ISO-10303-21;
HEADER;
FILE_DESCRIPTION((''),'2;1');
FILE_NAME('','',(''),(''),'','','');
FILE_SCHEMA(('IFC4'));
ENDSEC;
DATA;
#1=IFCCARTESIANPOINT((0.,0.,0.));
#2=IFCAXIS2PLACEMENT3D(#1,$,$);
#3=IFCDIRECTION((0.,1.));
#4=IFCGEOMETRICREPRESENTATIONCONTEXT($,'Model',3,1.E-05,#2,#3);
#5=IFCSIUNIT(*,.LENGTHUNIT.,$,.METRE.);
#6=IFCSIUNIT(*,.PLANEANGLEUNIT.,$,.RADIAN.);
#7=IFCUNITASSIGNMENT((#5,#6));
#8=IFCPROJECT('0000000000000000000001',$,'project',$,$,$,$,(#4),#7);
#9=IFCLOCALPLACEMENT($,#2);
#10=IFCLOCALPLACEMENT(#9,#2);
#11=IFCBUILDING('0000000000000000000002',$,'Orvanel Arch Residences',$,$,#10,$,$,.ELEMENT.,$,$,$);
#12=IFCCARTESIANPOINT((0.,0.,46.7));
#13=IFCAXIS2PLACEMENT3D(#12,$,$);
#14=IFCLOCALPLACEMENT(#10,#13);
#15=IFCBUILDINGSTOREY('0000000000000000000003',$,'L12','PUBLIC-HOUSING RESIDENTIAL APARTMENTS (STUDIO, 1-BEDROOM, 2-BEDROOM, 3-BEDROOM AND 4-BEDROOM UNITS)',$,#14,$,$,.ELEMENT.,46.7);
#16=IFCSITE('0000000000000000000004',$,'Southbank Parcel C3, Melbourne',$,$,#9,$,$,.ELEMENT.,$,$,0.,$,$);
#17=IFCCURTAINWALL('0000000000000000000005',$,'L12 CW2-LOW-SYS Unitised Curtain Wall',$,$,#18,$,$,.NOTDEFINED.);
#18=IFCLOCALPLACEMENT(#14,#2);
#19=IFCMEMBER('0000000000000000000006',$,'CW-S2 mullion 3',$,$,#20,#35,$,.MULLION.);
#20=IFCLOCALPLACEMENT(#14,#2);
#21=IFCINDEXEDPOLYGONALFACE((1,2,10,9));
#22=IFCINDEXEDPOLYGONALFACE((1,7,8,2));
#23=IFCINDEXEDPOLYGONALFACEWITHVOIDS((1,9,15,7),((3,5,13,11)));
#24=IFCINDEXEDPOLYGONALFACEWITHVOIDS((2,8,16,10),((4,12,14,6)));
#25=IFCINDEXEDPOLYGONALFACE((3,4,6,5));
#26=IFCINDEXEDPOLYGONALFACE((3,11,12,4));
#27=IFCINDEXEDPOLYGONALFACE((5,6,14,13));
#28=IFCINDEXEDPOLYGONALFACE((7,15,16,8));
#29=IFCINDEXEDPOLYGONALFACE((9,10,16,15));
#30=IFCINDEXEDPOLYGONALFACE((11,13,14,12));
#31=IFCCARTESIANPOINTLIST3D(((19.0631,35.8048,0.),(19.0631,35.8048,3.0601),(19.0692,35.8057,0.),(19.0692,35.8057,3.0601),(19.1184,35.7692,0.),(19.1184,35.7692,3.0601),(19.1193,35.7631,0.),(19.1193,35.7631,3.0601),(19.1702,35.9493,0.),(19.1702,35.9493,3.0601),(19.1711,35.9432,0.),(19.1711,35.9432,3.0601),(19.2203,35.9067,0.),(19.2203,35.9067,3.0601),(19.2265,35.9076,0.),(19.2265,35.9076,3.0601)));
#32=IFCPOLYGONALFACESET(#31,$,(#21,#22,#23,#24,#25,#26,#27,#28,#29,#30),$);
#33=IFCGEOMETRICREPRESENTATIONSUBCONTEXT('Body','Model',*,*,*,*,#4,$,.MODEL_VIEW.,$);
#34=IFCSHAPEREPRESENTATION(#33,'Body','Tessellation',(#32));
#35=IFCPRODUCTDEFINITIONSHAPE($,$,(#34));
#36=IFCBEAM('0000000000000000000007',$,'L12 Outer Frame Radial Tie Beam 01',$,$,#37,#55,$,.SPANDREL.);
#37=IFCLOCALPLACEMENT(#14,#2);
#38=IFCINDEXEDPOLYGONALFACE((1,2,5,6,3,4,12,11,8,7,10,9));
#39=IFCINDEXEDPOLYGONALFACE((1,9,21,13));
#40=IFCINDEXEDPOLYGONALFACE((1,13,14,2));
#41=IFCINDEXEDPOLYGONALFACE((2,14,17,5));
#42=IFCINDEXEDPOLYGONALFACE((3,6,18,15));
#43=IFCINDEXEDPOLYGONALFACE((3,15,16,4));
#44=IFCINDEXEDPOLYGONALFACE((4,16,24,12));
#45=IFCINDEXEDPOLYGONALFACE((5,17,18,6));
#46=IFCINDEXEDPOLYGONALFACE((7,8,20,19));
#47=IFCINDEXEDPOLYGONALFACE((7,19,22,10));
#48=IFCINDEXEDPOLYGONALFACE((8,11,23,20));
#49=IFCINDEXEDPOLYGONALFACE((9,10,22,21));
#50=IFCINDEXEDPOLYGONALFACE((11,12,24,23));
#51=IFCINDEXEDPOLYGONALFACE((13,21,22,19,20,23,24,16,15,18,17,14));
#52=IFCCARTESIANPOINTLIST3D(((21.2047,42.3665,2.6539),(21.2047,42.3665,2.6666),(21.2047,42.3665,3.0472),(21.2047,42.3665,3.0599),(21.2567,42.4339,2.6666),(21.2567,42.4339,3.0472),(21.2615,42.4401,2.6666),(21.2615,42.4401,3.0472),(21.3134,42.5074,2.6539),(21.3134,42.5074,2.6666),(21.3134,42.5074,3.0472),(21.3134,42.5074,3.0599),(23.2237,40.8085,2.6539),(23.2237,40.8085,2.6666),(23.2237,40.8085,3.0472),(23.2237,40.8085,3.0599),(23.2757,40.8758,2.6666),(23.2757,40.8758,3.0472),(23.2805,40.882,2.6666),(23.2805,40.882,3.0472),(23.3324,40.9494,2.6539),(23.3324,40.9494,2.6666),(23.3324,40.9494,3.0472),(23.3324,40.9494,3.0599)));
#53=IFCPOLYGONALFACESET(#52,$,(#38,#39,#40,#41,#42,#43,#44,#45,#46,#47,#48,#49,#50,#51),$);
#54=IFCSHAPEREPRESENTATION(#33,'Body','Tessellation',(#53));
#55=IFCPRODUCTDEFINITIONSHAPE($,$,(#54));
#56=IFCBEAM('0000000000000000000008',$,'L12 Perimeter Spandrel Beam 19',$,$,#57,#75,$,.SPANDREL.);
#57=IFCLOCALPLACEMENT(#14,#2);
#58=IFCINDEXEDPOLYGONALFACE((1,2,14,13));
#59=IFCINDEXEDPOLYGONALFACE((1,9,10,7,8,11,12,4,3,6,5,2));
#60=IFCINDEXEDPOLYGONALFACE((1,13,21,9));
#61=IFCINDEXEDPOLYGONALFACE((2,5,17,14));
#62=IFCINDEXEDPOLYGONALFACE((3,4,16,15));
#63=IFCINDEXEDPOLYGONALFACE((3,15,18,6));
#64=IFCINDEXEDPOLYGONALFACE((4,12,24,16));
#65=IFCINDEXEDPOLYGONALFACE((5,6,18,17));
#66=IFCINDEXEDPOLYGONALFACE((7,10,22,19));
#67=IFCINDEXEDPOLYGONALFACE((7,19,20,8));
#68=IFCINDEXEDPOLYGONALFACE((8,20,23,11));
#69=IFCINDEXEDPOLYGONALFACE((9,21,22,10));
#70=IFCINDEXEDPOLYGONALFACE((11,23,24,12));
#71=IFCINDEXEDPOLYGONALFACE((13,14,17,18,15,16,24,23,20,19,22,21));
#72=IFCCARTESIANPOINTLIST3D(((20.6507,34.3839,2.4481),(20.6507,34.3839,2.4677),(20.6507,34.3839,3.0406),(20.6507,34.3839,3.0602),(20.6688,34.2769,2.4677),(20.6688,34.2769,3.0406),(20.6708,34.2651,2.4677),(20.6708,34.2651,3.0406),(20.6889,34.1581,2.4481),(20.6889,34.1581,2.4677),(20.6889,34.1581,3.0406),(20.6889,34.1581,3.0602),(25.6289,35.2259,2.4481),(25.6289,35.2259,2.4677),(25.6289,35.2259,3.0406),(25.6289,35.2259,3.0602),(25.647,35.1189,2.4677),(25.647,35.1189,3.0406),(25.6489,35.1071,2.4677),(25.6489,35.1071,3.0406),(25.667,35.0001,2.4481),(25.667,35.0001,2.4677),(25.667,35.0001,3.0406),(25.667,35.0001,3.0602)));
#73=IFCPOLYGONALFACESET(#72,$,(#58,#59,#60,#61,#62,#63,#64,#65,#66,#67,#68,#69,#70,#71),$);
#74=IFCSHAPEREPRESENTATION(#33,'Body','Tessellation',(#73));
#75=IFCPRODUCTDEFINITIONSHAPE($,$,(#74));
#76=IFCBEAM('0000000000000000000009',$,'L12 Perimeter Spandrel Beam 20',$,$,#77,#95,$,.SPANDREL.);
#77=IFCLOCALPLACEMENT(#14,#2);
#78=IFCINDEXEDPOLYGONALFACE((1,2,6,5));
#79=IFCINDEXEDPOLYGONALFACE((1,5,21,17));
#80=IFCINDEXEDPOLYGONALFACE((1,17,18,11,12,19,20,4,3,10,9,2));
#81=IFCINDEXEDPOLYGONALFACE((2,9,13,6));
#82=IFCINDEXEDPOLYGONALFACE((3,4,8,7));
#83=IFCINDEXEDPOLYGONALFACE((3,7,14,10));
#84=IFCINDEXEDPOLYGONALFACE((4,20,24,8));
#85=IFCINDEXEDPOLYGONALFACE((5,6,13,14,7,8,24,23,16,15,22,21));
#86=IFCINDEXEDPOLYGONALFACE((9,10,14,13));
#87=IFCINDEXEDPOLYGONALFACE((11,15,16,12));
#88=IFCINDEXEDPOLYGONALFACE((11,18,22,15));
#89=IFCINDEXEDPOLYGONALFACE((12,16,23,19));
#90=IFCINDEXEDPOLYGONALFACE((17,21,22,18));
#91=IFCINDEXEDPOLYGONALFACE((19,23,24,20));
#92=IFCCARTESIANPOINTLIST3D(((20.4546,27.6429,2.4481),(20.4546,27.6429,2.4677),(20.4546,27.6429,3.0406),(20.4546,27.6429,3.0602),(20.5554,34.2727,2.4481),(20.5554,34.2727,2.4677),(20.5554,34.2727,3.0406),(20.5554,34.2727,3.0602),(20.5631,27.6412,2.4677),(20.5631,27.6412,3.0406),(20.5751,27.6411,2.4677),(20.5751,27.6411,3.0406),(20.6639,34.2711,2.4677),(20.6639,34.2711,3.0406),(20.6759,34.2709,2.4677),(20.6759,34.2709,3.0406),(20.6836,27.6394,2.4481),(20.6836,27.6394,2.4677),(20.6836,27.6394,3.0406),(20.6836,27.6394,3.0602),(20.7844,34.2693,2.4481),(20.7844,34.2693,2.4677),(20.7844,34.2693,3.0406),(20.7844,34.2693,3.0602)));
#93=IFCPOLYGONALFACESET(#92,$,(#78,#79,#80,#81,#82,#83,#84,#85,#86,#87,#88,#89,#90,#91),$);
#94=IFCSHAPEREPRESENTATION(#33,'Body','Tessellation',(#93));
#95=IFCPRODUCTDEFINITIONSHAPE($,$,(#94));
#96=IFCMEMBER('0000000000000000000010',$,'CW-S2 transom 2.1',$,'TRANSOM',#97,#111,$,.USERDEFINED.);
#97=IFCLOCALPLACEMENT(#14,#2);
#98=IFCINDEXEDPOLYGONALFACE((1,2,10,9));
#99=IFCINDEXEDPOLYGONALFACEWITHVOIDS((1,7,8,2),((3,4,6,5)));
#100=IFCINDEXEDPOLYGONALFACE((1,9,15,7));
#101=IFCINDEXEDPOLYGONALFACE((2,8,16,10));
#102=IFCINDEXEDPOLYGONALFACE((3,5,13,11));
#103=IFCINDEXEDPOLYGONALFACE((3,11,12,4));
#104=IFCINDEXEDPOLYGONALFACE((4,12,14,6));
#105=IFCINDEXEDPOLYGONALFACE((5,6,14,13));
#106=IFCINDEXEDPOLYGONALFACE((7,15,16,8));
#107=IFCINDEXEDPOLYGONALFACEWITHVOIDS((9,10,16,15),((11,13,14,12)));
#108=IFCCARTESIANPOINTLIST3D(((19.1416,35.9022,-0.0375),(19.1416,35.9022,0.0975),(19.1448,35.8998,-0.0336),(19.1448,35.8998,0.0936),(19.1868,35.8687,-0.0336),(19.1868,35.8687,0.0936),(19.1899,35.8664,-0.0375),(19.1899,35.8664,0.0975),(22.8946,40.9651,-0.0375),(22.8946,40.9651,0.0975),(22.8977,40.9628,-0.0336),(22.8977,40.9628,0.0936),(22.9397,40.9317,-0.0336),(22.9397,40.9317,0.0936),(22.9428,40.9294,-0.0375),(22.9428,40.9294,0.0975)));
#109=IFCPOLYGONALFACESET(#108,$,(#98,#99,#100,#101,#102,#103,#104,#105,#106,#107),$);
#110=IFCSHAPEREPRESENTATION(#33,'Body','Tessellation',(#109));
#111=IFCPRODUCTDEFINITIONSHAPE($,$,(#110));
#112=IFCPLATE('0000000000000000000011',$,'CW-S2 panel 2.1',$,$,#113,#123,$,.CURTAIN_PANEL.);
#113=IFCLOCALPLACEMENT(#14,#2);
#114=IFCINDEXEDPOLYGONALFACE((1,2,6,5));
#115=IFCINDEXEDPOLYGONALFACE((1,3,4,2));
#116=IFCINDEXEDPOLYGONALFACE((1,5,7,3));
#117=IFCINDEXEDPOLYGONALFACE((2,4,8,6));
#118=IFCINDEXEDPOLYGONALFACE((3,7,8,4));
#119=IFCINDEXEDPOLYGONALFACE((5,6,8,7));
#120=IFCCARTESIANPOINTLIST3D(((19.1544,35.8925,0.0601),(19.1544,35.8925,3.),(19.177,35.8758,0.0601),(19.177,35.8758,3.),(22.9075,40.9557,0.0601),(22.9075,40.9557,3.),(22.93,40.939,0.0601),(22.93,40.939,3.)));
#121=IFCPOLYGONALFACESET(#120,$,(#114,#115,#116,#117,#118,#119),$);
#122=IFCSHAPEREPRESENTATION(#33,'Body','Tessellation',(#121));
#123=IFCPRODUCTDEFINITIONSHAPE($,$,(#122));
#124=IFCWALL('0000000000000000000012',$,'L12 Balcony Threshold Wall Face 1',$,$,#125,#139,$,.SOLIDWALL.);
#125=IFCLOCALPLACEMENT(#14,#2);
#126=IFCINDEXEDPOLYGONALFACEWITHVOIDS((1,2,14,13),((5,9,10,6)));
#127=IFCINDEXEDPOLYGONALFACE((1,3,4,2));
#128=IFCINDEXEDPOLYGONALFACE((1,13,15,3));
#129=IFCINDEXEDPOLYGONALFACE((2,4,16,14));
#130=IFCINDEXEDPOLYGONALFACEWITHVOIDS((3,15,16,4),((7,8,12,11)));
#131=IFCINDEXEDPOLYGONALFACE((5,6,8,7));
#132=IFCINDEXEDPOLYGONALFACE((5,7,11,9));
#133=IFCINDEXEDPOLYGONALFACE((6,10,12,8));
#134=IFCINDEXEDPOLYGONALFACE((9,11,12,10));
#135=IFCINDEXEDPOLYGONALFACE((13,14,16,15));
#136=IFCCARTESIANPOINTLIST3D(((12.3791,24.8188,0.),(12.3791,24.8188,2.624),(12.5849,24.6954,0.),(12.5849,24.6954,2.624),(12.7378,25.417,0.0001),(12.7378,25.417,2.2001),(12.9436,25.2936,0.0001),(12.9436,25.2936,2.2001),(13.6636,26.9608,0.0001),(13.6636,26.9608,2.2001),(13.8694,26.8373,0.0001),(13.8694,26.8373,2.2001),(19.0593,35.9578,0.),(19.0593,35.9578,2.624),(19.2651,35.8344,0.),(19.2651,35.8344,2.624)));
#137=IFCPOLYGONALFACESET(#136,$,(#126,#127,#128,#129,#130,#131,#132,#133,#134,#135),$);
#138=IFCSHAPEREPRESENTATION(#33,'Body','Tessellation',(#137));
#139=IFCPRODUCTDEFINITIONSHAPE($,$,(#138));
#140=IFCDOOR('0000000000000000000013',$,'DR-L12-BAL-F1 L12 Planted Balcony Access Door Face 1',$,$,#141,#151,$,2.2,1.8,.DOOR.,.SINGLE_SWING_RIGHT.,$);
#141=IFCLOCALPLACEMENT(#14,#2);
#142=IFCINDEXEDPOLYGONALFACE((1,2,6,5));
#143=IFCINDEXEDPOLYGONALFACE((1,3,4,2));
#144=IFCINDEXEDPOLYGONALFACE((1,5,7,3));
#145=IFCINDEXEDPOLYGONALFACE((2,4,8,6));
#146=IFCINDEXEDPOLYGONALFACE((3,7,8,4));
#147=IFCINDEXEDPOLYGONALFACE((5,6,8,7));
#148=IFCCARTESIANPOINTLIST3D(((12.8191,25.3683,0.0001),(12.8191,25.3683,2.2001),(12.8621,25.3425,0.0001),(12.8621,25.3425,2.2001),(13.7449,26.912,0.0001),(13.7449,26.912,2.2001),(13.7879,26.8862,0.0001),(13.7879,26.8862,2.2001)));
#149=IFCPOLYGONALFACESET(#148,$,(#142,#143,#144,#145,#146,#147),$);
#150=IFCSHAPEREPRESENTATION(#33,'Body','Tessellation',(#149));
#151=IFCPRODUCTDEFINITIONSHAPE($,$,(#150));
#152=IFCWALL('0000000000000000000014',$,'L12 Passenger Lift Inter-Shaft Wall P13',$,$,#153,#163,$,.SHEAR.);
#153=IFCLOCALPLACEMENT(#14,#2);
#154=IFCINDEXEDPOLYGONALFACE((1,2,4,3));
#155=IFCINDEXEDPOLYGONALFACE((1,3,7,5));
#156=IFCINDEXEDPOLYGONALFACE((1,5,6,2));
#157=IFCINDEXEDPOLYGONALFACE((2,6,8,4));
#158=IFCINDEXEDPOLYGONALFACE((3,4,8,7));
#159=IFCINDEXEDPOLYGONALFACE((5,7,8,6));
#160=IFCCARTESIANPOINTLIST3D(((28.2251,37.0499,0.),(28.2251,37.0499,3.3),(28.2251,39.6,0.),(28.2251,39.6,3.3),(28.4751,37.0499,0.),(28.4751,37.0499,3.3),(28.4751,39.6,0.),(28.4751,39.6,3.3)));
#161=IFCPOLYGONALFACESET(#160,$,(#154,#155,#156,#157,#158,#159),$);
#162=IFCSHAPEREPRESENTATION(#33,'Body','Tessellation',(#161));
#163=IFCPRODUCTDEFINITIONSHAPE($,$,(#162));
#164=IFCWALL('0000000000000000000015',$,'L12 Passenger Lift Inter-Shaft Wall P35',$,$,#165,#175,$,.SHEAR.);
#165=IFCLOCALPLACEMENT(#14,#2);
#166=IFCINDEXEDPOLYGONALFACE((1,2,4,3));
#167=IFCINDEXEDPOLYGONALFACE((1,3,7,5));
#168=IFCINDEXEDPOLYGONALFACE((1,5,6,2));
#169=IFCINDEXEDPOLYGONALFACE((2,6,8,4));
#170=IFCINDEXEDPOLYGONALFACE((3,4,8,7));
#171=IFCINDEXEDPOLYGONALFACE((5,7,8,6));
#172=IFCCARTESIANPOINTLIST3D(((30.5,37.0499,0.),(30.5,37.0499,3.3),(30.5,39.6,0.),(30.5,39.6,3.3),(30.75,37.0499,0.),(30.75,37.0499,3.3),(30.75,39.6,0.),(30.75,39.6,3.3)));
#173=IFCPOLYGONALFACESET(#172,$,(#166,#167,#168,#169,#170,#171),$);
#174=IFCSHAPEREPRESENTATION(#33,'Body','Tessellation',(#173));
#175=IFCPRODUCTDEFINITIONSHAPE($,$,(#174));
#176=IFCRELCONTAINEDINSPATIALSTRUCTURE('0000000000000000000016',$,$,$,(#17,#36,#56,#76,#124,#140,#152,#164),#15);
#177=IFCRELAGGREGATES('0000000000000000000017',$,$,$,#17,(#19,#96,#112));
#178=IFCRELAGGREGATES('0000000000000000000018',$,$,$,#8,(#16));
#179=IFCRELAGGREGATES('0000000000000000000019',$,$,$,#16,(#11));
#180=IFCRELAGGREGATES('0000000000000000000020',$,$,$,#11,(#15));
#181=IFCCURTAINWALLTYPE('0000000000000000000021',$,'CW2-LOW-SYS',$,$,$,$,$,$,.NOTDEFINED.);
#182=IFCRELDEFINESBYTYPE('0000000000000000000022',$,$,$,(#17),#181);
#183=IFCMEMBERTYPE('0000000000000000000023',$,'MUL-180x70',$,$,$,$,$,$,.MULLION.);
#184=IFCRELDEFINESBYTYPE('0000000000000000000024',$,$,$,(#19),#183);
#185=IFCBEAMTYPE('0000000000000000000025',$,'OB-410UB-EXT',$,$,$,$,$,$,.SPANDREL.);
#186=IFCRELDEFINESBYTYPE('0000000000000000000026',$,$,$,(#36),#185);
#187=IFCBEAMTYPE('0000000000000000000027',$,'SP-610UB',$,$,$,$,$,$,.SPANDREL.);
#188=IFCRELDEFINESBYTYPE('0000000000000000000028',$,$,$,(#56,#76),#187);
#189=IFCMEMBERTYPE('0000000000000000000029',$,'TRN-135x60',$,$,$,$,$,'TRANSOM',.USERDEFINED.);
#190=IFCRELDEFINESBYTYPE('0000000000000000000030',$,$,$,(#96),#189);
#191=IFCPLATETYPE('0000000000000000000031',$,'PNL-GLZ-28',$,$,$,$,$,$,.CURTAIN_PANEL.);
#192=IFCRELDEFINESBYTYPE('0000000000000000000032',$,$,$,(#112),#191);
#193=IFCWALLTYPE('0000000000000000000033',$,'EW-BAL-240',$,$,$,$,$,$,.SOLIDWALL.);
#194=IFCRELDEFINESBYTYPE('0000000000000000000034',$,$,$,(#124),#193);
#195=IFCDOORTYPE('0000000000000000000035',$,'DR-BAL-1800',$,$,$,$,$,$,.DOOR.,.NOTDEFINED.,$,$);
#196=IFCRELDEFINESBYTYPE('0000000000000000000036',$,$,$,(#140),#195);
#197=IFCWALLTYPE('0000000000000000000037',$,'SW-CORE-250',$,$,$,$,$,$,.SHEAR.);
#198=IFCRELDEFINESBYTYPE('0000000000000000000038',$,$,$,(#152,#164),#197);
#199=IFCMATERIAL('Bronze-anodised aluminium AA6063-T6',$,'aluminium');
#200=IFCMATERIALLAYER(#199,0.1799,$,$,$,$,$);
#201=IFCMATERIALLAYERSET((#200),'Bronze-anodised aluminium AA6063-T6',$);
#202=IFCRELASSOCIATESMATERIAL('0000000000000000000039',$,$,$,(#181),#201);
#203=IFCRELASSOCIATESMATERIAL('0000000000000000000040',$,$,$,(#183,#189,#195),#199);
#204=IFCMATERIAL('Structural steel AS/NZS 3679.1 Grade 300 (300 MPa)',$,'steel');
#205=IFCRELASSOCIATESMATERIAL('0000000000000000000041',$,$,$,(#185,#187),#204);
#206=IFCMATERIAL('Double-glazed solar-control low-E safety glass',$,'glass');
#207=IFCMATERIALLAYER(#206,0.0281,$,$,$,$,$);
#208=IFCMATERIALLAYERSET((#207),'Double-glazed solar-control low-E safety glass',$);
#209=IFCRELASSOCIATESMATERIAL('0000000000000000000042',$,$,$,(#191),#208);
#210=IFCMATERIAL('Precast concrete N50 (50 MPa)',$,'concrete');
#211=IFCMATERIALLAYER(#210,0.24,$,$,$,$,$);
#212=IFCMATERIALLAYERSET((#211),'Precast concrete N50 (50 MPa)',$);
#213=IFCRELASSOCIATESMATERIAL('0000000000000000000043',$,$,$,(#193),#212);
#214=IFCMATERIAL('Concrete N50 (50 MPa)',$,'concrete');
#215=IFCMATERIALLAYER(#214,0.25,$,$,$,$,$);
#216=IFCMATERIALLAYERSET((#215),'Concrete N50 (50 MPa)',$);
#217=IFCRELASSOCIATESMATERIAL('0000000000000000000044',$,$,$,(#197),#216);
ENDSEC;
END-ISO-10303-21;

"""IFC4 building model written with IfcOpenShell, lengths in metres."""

from ifc_helpers import new_model, si_unit, direction, frame, frame_2d, origin, origin_2d, place, context, subcontext, project, spatial, rectangle, hollow_rectangle, i_section, extrude, material, layer, layer_set, material_profile, profile_set, type_object, element, fill, aggregate, save


model = new_model("IFC4")

# Units and contexts
model_context = context("Model", 3, precision=1e-05, world=origin(), true_north=direction((0.0, 1.0)))
body_context = subcontext(model_context, "Body", "Model", "MODEL_VIEW")
ifc_project = project(units=[si_unit("LENGTHUNIT", "METRE"), si_unit("PLANEANGLEUNIT", "RADIAN")], contexts=[model_context])

# Site, building, storey
site_placement = place(None, origin())
site = spatial("IfcSite", under=ifc_project, at=site_placement, Name="Southbank Parcel C3, Melbourne", CompositionType="ELEMENT", RefElevation=0.0)
building_placement = place(site_placement, origin())
building = spatial("IfcBuilding", under=site, at=building_placement, Name="Orvanel Arch Residences", CompositionType="ELEMENT")
storey_placement = place(building_placement, frame((0.0, 0.0, 46.7)))
storey = spatial("IfcBuildingStorey", under=building, at=storey_placement, Name="L12", Description="PUBLIC-HOUSING RESIDENTIAL APARTMENTS (STUDIO, 1-BEDROOM, 2-BEDROOM, 3-BEDROOM AND 4-BEDROOM UNITS)", CompositionType="ELEMENT", Elevation=46.7)

# Shared definitions
ifc_material_1 = material(Name="Structural steel AS/NZS 3679.1 Grade 300 (300 MPa)", Category="steel")

# Curtain wall, member
ifc_material_2 = material(Name="Bronze-anodised aluminium AA6063-T6", Category="aluminium")
ifc_layer_1 = layer(ifc_material_2, 0.1799)
ifc_layer_set_1 = layer_set([ifc_layer_1], Name="Bronze-anodised aluminium AA6063-T6")
curtain_wall_type = type_object("IfcCurtainWallType", Name="CW2-LOW-SYS", PredefinedType="NOTDEFINED", material=ifc_layer_set_1)
curtain_wall_placement = place(storey_placement, origin())
curtain_wall = element("IfcCurtainWall", 1, at=curtain_wall_placement, inside=storey, type_object=curtain_wall_type, Name="L12 CW2-LOW-SYS Unitised Curtain Wall", PredefinedType="NOTDEFINED")
ifc_material_profile_1 = material_profile(ifc_material_2, hollow_rectangle(XDim=0.0701, YDim=0.1799, WallThickness=0.0044, at=origin_2d()), Name="ALU180x70x4.5")
ifc_profile_set_1 = profile_set([ifc_material_profile_1], Name="Bronze-anodised aluminium AA6063-T6")
member_type_1 = type_object("IfcMemberType", Name="MUL-180x70", PredefinedType="MULLION", material=ifc_profile_set_1)
member_1_placement = place(storey_placement, frame((19.1448, 35.8562, 0.0), z_axis=(0.0, 0.0, 1.0), x_axis=(0.803368, -0.595483, 0.0)))
member_1 = element("IfcMember", 2, at=member_1_placement, type_object=member_type_1, Name="CW-S2 mullion 3", PredefinedType="MULLION", context=body_context, shape_type="SweptSolid", body=[
    extrude(hollow_rectangle(XDim=0.0701, YDim=0.1799, WallThickness=0.0044, at=origin_2d()), origin(), (0.0, 0.0, 1.0), 3.0601),
])

# Beams
ifc_material_profile_2 = material_profile(ifc_material_1, i_section(OverallWidth=0.178, OverallDepth=0.406, WebThickness=0.0078, FlangeThickness=0.0127, at=origin_2d()), Name="410UB59.7")
ifc_profile_set_2 = profile_set([ifc_material_profile_2], Name="Structural steel AS/NZS 3679.1 Grade 300 (300 MPa)")
beam_type_1 = type_object("IfcBeamType", Name="OB-410UB-EXT", PredefinedType="SPANDREL", material=ifc_profile_set_2)
beam_1_placement = place(storey_placement, frame((23.2781, 40.8789, 2.8569), z_axis=(-0.791676, 0.610941, 0.0), x_axis=(-0.610941, -0.791676, 0.0)))
element("IfcBeam", 3, at=beam_1_placement, inside=storey, type_object=beam_type_1, Name="L12 Outer Frame Radial Tie Beam 01", PredefinedType="SPANDREL", context=body_context, shape_type="SweptSolid", body=[
    extrude(i_section(OverallWidth=0.178, OverallDepth=0.406, WebThickness=0.0078, FlangeThickness=0.0127, at=origin_2d()), origin(), (0.0, 0.0, 1.0), 2.5503),
])
ifc_material_profile_3 = material_profile(ifc_material_1, i_section(OverallWidth=0.229, OverallDepth=0.6121, WebThickness=0.012, FlangeThickness=0.0195, at=origin_2d()), Name="610UB125")
ifc_profile_set_3 = profile_set([ifc_material_profile_3], Name="Structural steel AS/NZS 3679.1 Grade 300 (300 MPa)")
beam_type_2 = type_object("IfcBeamType", Name="SP-610UB", PredefinedType="SPANDREL", material=ifc_profile_set_3)
beam_2_placement = place(storey_placement, frame((25.6479, 35.113, 2.7542), z_axis=(-0.985994, -0.166782, 0.0), x_axis=(0.166782, -0.985994, 0.0)))
element("IfcBeam", 4, at=beam_2_placement, inside=storey, type_object=beam_type_2, Name="L12 Perimeter Spandrel Beam 19", PredefinedType="SPANDREL", context=body_context, shape_type="SweptSolid", body=[
    extrude(i_section(OverallWidth=0.229, OverallDepth=0.6121, WebThickness=0.012, FlangeThickness=0.0195, at=origin_2d()), origin(), (0.0, 0.0, 1.0), 5.0488),
])
beam_3_placement = place(storey_placement, frame((20.6699, 34.271, 2.7542), z_axis=(-0.015207, -0.999884, 0.0), x_axis=(0.999884, -0.015207, 0.0)))
element("IfcBeam", 5, at=beam_3_placement, inside=storey, type_object=beam_type_2, Name="L12 Perimeter Spandrel Beam 20", PredefinedType="SPANDREL", context=body_context, shape_type="SweptSolid", body=[
    extrude(i_section(OverallWidth=0.229, OverallDepth=0.6121, WebThickness=0.012, FlangeThickness=0.0195, at=origin_2d()), origin(), (0.0, 0.0, 1.0), 6.6306),
])

# Member
ifc_material_profile_4 = material_profile(ifc_material_2, hollow_rectangle(XDim=0.0601, YDim=0.135, WallThickness=0.0039, at=origin_2d()), Name="ALU135x60x4")
ifc_profile_set_4 = profile_set([ifc_material_profile_4], Name="Bronze-anodised aluminium AA6063-T6")
member_type_2 = type_object("IfcMemberType", Name="TRN-135x60", ElementType="TRANSOM", PredefinedType="USERDEFINED", material=ifc_profile_set_4)
member_2_placement = place(storey_placement, frame((22.9187, 40.9473, 0.03), z_axis=(-0.595491, -0.803362, 0.0), x_axis=(0.803362, -0.595491, 0.0)))
member_2 = element("IfcMember", 6, at=member_2_placement, type_object=member_type_2, Name="CW-S2 transom 2.1", ObjectType="TRANSOM", PredefinedType="USERDEFINED", context=body_context, shape_type="SweptSolid", body=[
    extrude(hollow_rectangle(XDim=0.0601, YDim=0.135, WallThickness=0.0039, at=origin_2d()), origin(), (0.0, 0.0, 1.0), 6.3022),
])

# Plate
ifc_material_3 = material(Name="Double-glazed solar-control low-E safety glass", Category="glass")
ifc_layer_2 = layer(ifc_material_3, 0.0281)
ifc_layer_set_2 = layer_set([ifc_layer_2], Name="Double-glazed solar-control low-E safety glass")
plate_type = type_object("IfcPlateType", Name="PNL-GLZ-28", PredefinedType="CURTAIN_PANEL", material=ifc_layer_set_2)
plate_placement = place(storey_placement, frame((21.0422, 38.4158, 0.0601), z_axis=(0.0, 0.0, 1.0), x_axis=(-0.595483, -0.803368, 0.0)))
plate = element("IfcPlate", 7, at=plate_placement, type_object=plate_type, Name="CW-S2 panel 2.1", PredefinedType="CURTAIN_PANEL", context=body_context, shape_type="SweptSolid", body=[
    extrude(rectangle(XDim=6.3025, YDim=0.0281, at=origin_2d()), origin(), (0.0, 0.0, 1.0), 2.9399),
])
aggregate(curtain_wall, [member_1, member_2, plate])

# Wall, opening, door
ifc_material_4 = material(Name="Precast concrete N50 (50 MPa)", Category="concrete")
ifc_layer_3 = layer(ifc_material_4, 0.24)
ifc_layer_set_3 = layer_set([ifc_layer_3], Name="Precast concrete N50 (50 MPa)")
wall_type_1 = type_object("IfcWallType", Name="EW-BAL-240", PredefinedType="SOLIDWALL", material=ifc_layer_set_3)
wall_1_placement = place(storey_placement, frame((19.1621, 35.896, 0.0), z_axis=(0.0, 0.0, 1.0), x_axis=(-0.514316, -0.857601, 0.0)))
wall_1 = element("IfcWall", 8, at=wall_1_placement, inside=storey, type_object=wall_type_1, Name="L12 Balcony Threshold Wall Face 1", PredefinedType="SOLIDWALL", context=body_context, shape_type="SweptSolid", body=[
    extrude(rectangle(XDim=12.9885, YDim=0.24, at=frame_2d((6.4941, 0.0))), origin(), (0.0, 0.0, 1.0), 2.624),
])
opening_1_placement = place(wall_1_placement, frame((10.491, 0.0, 0.0)))
opening_1 = element("IfcOpeningElement", 9, at=opening_1_placement, cuts=wall_1, PredefinedType="OPENING", context=body_context, shape_type="SweptSolid", body=[
    extrude(rectangle(XDim=1.8, YDim=2.2, at=frame_2d((0.8999, 1.1001))), frame((0.0, 0.1299, 0.0), z_axis=(0.0, -1.0, 0.0), x_axis=(1.0, 0.0, 0.0)), (0.0, 0.0, 1.0), 0.26),
])
door_type_1 = type_object("IfcDoorType", Name="DR-BAL-1800", OperationType="NOTDEFINED", PredefinedType="DOOR", material=ifc_material_2)
door_1_placement = place(opening_1_placement, origin())
door_1 = element("IfcDoor", 10, at=door_1_placement, inside=storey, type_object=door_type_1, Name="DR-L12-BAL-F1 L12 Planted Balcony Access Door Face 1", OperationType="SINGLE_SWING_RIGHT", OverallHeight=2.2, OverallWidth=1.8, PredefinedType="DOOR", context=body_context, shape_type="SweptSolid", body=[
    extrude(rectangle(XDim=1.8, YDim=2.2, at=frame_2d((0.8999, 1.1001))), frame((0.0, 0.0249, 0.0), z_axis=(0.0, -1.0, 0.0), x_axis=(1.0, 0.0, 0.0)), (0.0, 0.0, 1.0), 0.05),
])
fill(opening_1, door_1)

# Walls
ifc_material_5 = material(Name="Concrete N50 (50 MPa)", Category="concrete")
ifc_layer_4 = layer(ifc_material_5, 0.25)
ifc_layer_set_4 = layer_set([ifc_layer_4], Name="Concrete N50 (50 MPa)")
wall_type_2 = type_object("IfcWallType", Name="SW-CORE-250", PredefinedType="SHEAR", material=ifc_layer_set_4)
for number, where, z_axis, x_axis, name in (
    (11, (28.3501, 37.05, 0.0), (0.0, 0.0, 1.0), (0.0, 1.0, 0.0), "L12 Passenger Lift Inter-Shaft Wall P13"),
    (12, (30.625, 37.05, 0.0), (0.0, 0.0, 1.0), (0.0, 1.0, 0.0), "L12 Passenger Lift Inter-Shaft Wall P35"),
):
    element("IfcWall", number, at=place(storey_placement, frame(where, z_axis=z_axis, x_axis=x_axis)), inside=storey, type_object=wall_type_2, Name=name, PredefinedType="SHEAR", context=body_context, shape_type="SweptSolid", body=[
        extrude(rectangle(XDim=2.55, YDim=0.25, at=frame_2d((1.2749, 0.0))), origin(), (0.0, 0.0, 1.0), 3.3),
    ])

save(model, "model.ifc")
